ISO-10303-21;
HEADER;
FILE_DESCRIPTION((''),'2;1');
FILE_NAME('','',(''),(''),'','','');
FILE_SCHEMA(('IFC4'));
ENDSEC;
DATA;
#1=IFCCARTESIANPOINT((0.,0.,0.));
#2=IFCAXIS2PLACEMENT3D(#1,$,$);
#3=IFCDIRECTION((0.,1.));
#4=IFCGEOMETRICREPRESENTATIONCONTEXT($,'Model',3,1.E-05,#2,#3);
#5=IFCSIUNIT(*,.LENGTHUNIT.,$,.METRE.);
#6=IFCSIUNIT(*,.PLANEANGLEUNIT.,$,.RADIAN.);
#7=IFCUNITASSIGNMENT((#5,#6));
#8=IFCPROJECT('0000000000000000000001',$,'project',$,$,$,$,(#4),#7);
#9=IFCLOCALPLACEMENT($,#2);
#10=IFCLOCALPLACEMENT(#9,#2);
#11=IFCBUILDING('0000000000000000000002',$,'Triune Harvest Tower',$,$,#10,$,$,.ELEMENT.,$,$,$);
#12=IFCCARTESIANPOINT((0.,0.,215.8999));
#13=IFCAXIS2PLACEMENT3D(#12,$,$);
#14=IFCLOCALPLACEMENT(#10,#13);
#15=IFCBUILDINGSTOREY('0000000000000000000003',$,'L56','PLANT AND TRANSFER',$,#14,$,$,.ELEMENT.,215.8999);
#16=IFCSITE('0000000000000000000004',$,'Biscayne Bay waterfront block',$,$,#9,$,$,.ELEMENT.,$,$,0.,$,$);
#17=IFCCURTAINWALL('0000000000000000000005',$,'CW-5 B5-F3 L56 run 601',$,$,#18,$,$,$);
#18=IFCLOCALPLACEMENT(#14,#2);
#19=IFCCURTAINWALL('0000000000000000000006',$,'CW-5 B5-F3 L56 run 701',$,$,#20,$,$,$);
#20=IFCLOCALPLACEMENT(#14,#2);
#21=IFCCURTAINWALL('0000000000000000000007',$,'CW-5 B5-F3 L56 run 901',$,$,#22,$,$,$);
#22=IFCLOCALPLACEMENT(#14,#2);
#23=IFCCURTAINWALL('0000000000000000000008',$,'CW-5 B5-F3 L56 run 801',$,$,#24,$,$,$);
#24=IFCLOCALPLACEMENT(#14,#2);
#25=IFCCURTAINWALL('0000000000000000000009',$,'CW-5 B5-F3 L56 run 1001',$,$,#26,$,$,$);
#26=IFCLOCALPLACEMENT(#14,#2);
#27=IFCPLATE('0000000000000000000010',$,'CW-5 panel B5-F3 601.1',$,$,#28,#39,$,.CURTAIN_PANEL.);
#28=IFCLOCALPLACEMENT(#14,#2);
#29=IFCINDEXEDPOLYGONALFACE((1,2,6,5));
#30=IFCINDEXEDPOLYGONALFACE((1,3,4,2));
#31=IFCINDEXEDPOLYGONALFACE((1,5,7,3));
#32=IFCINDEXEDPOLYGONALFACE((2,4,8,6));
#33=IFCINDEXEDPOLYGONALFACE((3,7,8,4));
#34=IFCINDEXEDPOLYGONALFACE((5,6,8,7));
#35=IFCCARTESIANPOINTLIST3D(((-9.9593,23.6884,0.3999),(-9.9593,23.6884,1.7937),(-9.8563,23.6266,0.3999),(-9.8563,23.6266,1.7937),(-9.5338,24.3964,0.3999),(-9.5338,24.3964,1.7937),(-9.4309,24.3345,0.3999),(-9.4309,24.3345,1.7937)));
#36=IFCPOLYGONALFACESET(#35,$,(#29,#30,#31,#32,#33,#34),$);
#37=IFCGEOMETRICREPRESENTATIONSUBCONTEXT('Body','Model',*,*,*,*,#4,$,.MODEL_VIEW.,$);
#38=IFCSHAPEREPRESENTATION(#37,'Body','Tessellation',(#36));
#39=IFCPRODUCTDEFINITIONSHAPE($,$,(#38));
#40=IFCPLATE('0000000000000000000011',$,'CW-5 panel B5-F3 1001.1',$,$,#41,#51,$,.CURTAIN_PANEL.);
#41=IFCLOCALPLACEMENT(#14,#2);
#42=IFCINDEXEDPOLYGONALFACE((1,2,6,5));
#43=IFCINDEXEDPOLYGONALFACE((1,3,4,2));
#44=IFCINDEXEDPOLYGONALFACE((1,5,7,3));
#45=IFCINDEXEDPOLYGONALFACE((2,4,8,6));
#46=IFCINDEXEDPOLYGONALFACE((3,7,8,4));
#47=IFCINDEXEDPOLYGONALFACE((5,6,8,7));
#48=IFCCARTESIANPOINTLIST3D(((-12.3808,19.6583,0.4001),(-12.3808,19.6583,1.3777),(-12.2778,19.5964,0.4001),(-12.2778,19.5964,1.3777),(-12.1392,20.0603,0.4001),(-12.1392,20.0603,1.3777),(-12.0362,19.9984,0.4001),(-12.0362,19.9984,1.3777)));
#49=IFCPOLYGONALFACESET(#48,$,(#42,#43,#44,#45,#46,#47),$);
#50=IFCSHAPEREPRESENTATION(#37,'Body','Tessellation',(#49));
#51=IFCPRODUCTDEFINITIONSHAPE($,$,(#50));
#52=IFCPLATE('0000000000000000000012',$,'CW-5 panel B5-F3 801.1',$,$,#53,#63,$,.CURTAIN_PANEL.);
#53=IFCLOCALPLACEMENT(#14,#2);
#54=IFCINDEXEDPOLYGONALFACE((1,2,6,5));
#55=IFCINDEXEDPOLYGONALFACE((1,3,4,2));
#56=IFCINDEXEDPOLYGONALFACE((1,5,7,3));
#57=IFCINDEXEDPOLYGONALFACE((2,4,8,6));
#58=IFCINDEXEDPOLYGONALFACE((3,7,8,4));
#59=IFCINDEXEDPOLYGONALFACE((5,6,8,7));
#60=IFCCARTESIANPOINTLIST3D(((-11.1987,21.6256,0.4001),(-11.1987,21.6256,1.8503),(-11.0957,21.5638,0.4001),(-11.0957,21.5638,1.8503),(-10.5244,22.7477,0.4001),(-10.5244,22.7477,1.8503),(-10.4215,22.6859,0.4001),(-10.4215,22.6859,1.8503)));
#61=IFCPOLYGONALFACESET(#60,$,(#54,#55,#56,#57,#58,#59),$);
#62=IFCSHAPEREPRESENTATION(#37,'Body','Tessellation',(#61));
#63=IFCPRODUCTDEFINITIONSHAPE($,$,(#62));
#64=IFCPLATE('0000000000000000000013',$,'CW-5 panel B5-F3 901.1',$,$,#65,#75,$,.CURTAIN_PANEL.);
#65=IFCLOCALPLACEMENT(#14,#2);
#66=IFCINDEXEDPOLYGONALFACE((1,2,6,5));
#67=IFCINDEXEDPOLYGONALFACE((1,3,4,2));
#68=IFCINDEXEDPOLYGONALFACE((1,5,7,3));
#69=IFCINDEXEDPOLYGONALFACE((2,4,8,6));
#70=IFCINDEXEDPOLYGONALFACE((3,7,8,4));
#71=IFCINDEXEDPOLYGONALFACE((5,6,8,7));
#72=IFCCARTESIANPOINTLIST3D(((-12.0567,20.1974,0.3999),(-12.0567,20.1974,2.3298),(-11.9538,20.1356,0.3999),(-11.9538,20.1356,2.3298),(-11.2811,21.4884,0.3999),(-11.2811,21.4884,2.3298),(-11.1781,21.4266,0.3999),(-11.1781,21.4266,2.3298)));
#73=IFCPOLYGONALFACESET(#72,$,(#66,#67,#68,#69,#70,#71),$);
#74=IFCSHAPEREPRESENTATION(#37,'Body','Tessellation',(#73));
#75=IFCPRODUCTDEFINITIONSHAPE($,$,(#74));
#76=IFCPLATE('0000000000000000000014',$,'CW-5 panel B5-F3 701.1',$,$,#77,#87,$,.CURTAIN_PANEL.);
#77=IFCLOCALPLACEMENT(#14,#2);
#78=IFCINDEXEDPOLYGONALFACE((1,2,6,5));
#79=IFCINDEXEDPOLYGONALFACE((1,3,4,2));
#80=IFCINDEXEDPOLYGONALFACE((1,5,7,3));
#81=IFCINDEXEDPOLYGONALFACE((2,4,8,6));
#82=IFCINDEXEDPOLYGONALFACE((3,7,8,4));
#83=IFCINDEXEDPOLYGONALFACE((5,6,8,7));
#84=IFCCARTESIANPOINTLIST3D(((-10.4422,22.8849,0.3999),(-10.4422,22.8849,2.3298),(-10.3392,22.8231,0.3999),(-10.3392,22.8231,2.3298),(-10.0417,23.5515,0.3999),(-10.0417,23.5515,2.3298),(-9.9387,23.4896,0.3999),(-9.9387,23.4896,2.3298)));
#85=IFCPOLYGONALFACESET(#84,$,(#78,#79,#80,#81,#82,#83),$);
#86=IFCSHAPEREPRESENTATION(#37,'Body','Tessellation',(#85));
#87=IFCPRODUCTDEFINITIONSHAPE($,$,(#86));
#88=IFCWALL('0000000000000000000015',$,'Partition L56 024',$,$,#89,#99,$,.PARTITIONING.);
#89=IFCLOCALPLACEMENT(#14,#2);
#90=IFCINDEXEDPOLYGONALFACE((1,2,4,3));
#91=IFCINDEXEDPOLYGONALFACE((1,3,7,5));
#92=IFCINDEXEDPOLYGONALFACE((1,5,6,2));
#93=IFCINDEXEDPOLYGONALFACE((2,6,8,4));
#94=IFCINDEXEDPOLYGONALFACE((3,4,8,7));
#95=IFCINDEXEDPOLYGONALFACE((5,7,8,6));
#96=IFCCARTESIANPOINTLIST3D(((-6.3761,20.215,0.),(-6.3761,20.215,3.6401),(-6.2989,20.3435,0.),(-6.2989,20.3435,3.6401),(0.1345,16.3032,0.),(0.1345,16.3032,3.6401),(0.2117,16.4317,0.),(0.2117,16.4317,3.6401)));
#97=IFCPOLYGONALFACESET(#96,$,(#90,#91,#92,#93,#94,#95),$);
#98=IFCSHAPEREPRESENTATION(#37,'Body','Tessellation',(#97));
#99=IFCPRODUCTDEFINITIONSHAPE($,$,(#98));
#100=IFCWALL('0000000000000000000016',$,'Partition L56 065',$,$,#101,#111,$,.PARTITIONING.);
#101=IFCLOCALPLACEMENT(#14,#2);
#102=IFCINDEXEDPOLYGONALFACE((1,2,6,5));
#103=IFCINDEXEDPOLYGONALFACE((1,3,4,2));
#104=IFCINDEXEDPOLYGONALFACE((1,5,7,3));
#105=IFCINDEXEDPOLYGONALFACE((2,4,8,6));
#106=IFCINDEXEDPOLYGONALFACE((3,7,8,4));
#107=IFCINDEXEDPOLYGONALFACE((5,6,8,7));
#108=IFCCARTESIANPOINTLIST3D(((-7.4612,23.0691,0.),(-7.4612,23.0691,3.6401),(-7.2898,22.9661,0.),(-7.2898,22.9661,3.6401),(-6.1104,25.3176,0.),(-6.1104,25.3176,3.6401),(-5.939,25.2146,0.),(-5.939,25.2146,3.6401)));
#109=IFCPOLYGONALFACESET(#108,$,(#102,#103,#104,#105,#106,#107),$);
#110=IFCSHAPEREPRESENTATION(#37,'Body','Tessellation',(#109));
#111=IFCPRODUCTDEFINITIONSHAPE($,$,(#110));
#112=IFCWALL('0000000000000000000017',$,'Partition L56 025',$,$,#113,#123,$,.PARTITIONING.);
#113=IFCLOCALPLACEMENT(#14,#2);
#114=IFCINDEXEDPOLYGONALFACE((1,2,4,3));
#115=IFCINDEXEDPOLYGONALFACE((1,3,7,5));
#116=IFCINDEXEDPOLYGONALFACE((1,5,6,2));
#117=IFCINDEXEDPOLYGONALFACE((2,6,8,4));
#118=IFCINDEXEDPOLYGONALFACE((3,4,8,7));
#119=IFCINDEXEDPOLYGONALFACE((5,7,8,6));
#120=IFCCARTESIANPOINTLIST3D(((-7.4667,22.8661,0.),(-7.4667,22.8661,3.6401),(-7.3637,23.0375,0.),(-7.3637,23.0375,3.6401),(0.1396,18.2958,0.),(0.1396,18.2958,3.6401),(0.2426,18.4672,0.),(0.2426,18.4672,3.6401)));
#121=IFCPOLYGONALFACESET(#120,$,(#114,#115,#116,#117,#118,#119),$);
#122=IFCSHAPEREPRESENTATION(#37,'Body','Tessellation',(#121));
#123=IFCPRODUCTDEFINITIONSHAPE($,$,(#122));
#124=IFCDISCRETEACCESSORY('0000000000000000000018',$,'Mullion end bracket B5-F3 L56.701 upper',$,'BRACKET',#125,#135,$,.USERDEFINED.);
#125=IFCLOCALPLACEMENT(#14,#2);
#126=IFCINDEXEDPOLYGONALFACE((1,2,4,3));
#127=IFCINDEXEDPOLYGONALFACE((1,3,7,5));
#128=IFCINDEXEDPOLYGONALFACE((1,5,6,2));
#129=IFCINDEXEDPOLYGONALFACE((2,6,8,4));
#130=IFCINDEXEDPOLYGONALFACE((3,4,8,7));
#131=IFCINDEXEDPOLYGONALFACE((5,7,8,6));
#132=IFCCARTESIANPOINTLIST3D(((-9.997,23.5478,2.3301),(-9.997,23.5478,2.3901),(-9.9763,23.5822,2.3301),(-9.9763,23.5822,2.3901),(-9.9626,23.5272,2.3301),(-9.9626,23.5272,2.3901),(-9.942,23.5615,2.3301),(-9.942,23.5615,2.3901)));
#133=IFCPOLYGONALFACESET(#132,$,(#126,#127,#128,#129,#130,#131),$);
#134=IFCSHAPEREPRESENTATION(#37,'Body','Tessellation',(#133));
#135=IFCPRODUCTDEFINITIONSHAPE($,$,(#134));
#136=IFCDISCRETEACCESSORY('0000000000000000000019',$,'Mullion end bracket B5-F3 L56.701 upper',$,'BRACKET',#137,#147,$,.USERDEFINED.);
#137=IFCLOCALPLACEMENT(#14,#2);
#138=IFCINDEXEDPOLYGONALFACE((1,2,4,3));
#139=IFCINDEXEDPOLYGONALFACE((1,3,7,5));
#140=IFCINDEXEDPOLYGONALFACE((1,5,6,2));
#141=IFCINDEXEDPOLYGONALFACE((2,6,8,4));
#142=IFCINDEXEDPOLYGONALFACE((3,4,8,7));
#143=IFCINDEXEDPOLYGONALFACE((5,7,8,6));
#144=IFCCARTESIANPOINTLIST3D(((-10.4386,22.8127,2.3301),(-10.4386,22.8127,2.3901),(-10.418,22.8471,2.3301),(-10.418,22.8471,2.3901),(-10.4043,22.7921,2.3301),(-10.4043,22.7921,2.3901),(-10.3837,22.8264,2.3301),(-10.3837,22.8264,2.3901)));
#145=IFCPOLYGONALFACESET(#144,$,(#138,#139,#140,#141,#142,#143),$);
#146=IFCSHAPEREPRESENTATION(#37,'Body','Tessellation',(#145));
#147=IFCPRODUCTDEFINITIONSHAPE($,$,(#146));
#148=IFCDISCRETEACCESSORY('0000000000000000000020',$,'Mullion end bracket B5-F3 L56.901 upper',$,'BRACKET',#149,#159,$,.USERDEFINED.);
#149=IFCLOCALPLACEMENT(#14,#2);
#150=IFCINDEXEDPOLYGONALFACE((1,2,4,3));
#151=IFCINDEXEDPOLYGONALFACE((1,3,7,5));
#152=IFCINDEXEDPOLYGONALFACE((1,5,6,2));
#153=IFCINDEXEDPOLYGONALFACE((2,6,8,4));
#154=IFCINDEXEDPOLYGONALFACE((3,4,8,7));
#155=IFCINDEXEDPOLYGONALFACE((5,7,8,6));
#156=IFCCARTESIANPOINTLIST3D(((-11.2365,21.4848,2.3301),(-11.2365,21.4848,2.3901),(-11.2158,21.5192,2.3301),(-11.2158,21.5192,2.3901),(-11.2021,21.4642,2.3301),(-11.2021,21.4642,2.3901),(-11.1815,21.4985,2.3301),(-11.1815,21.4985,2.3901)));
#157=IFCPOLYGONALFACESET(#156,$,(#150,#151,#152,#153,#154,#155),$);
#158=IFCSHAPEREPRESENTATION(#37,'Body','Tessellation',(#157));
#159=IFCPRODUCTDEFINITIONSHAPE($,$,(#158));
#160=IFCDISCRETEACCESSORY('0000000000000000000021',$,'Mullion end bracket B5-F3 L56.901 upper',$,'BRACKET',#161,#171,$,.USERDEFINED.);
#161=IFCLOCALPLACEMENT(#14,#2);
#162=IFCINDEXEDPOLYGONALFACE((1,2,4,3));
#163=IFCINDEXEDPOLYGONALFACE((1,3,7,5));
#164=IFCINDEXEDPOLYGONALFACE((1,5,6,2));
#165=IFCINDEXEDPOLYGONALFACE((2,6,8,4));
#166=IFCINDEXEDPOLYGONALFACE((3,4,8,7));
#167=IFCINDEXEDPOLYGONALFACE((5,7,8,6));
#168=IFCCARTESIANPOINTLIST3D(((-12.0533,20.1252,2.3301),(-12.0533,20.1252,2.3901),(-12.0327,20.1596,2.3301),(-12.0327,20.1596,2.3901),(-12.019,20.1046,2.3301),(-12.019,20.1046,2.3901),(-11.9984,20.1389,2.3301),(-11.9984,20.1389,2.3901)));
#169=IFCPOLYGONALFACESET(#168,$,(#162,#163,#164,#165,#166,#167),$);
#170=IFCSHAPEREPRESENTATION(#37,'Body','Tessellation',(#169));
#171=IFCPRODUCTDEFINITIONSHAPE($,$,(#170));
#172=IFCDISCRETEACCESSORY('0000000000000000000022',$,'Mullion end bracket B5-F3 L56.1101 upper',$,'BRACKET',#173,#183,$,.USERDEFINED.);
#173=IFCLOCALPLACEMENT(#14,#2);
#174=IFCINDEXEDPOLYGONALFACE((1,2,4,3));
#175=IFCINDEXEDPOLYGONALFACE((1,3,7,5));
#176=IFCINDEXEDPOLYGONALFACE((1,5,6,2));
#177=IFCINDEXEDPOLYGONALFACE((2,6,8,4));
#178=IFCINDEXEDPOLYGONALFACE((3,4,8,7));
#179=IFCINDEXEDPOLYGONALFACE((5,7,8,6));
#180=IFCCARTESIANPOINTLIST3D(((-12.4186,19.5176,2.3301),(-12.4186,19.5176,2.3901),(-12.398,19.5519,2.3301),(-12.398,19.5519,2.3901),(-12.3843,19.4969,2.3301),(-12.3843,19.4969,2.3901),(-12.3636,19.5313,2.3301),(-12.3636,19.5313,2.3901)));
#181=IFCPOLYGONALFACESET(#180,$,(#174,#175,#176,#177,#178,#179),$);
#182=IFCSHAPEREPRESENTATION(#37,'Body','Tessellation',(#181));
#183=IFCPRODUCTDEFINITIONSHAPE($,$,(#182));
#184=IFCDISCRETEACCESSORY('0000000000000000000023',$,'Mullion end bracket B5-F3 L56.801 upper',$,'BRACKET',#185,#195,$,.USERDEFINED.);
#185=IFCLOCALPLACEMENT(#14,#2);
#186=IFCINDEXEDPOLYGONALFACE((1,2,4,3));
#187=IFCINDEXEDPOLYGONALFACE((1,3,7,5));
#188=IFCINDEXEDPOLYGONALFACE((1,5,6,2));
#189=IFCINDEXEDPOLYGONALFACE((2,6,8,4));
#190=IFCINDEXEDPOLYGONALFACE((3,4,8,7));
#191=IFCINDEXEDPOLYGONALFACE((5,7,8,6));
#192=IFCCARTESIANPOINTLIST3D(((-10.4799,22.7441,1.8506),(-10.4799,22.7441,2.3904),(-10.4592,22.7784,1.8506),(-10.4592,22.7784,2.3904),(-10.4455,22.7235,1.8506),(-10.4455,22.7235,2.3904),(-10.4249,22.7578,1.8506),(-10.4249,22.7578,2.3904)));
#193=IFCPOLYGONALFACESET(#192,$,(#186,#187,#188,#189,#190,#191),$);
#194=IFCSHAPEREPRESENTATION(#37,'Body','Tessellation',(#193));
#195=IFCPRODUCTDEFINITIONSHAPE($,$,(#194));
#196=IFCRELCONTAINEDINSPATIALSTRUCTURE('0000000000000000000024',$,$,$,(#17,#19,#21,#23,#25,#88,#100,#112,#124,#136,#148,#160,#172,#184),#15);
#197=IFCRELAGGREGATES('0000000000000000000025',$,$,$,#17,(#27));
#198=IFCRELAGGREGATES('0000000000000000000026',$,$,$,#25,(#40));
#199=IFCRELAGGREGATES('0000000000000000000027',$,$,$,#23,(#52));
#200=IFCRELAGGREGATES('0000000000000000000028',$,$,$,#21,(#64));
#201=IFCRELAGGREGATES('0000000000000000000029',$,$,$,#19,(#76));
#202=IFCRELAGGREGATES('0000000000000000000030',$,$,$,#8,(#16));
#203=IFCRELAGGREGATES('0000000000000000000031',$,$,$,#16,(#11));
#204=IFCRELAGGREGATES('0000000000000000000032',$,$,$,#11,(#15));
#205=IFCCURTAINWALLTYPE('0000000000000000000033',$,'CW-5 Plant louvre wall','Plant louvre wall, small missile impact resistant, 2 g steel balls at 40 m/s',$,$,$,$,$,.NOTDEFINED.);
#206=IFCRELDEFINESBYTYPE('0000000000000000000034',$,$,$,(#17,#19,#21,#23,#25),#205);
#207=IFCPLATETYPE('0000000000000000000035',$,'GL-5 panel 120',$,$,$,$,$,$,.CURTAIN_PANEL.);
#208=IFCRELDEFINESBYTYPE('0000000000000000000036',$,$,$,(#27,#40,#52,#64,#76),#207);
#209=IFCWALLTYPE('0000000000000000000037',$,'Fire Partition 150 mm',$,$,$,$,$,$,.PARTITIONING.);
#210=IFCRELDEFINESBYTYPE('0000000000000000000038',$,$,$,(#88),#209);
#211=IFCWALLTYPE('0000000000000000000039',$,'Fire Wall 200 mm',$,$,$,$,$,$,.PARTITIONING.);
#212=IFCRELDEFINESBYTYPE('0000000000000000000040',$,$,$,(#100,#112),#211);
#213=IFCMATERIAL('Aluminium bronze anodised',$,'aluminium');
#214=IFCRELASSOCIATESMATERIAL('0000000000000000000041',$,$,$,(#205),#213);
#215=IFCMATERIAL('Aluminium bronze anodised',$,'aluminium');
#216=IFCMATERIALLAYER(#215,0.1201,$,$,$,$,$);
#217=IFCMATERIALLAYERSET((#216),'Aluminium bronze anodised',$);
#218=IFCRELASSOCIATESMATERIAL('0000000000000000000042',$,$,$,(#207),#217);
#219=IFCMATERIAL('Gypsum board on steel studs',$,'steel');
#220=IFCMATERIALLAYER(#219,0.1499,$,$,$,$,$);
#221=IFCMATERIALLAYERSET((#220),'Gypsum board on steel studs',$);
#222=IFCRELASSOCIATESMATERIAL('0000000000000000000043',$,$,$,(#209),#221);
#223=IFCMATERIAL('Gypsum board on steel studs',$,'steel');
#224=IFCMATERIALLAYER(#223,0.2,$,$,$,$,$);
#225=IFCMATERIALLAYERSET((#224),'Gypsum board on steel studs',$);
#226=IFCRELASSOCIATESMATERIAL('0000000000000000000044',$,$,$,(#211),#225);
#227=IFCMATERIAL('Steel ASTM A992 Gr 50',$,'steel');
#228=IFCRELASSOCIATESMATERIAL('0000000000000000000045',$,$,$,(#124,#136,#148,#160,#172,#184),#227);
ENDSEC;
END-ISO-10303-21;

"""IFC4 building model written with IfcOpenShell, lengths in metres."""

from ifc_helpers import new_model, si_unit, direction, frame, frame_2d, origin, origin_2d, place, context, subcontext, project, spatial, rectangle, extrude, source, transform, mapped, material, layer, layer_set, type_object, element, aggregate, save


model = new_model("IFC4")

# Units and contexts
model_context = context("Model", 3, precision=1e-05, world=origin(), true_north=direction((0.0, 1.0)))
body_context = subcontext(model_context, "Body", "Model", "MODEL_VIEW")
ifc_project = project(units=[si_unit("LENGTHUNIT", "METRE"), si_unit("PLANEANGLEUNIT", "RADIAN")], contexts=[model_context])

# Site, building, storey
site_placement = place(None, origin())
site = spatial("IfcSite", under=ifc_project, at=site_placement, Name="Biscayne Bay waterfront block", CompositionType="ELEMENT", RefElevation=0.0)
building_placement = place(site_placement, origin())
building = spatial("IfcBuilding", under=site, at=building_placement, Name="Triune Harvest Tower", CompositionType="ELEMENT")
storey_placement = place(building_placement, frame((0.0, 0.0, 215.8999)))
storey = spatial("IfcBuildingStorey", under=building, at=storey_placement, Name="L56", Description="PLANT AND TRANSFER", CompositionType="ELEMENT", Elevation=215.8999)

# Curtain walls
ifc_material_1 = material(Name="Aluminium bronze anodised", Category="aluminium")
curtain_wall_type = type_object("IfcCurtainWallType", Name="CW-5 Plant louvre wall", Description="Plant louvre wall, small missile impact resistant, 2 g steel balls at 40 m/s", PredefinedType="NOTDEFINED", material=ifc_material_1)
curtain_wall_1_placement = place(storey_placement, origin())
curtain_wall_1 = element("IfcCurtainWall", 1, at=curtain_wall_1_placement, inside=storey, type_object=curtain_wall_type, Name="CW-5 B5-F3 L56 run 601")
curtain_wall_2_placement = place(storey_placement, origin())
curtain_wall_2 = element("IfcCurtainWall", 2, at=curtain_wall_2_placement, inside=storey, type_object=curtain_wall_type, Name="CW-5 B5-F3 L56 run 701")

# Curtain wall
curtain_wall_3_placement = place(storey_placement, origin())
curtain_wall_3 = element("IfcCurtainWall", 3, at=curtain_wall_3_placement, inside=storey, type_object=curtain_wall_type, Name="CW-5 B5-F3 L56 run 901")

# Curtain wall
curtain_wall_4_placement = place(storey_placement, origin())
curtain_wall_4 = element("IfcCurtainWall", 4, at=curtain_wall_4_placement, inside=storey, type_object=curtain_wall_type, Name="CW-5 B5-F3 L56 run 801")

# Curtain wall
curtain_wall_5_placement = place(storey_placement, origin())
curtain_wall_5 = element("IfcCurtainWall", 5, at=curtain_wall_5_placement, inside=storey, type_object=curtain_wall_type, Name="CW-5 B5-F3 L56 run 1001")

# Plates
ifc_material_2 = material(Name="Aluminium bronze anodised", Category="aluminium")
ifc_layer_1 = layer(ifc_material_2, 0.1201)
ifc_layer_set_1 = layer_set([ifc_layer_1], Name="Aluminium bronze anodised")
plate_type = type_object("IfcPlateType", Name="GL-5 panel 120", PredefinedType="CURTAIN_PANEL", material=ifc_layer_set_1)
plate_1_placement = place(storey_placement, frame((-9.6951, 24.0115, 0.3999), z_axis=(0.0, 0.0, 1.0), x_axis=(-0.515092, -0.857135, 0.0)))
plate_1 = element("IfcPlate", 6, at=plate_1_placement, type_object=plate_type, Name="CW-5 panel B5-F3 601.1", PredefinedType="CURTAIN_PANEL", context=body_context, shape_type="SweptSolid", body=[
    extrude(rectangle(XDim=0.8259, YDim=0.1201, at=origin_2d()), origin(), (0.0, 0.0, 1.0), 1.3938),
])
aggregate(curtain_wall_1, [plate_1])
plate_2_placement = place(storey_placement, frame((-12.2085, 19.8284, 0.4001), z_axis=(0.0, 0.0, 1.0), x_axis=(-0.515127, -0.857114, 0.0)))
plate_2 = element("IfcPlate", 7, at=plate_2_placement, type_object=plate_type, Name="CW-5 panel B5-F3 1001.1", PredefinedType="CURTAIN_PANEL", context=body_context, shape_type="SweptSolid", body=[
    extrude(rectangle(XDim=0.469, YDim=0.1201, at=origin_2d()), origin(), (0.0, 0.0, 1.0), 0.9775),
])
aggregate(curtain_wall_5, [plate_2])
shared_shape_1 = source(origin(), body_context, "Body", "SweptSolid", [
    extrude(rectangle(XDim=1.3091, YDim=0.1201, at=origin_2d()), origin(), (0.0, 0.0, 1.0), 1.4502),
])
plate_3_placement = place(storey_placement, frame((-10.8101, 22.1558, 0.4001), z_axis=(0.0, 0.0, 1.0), x_axis=(-0.515036, -0.857168, 0.0)))
plate_3 = element("IfcPlate", 8, at=plate_3_placement, type_object=plate_type, Name="CW-5 panel B5-F3 801.1", PredefinedType="CURTAIN_PANEL", context=body_context, shape_type="MappedRepresentation", body=[
    mapped(shared_shape_1, transform((0.0, 0.0, 0.0), scale=1.0)),
])
aggregate(curtain_wall_4, [plate_3])
shared_shape_2 = source(origin(), body_context, "Body", "SweptSolid", [
    extrude(rectangle(XDim=1.5061, YDim=0.1201, at=origin_2d()), origin(), (0.0, 0.0, 1.0), 1.9299),
])
plate_4_placement = place(storey_placement, frame((-11.6174, 20.812, 0.3999), z_axis=(0.0, 0.0, 1.0), x_axis=(-0.515016, -0.85718, 0.0)))
plate_4 = element("IfcPlate", 9, at=plate_4_placement, type_object=plate_type, Name="CW-5 panel B5-F3 901.1", PredefinedType="CURTAIN_PANEL", context=body_context, shape_type="MappedRepresentation", body=[
    mapped(shared_shape_2, transform((0.0, 0.0, 0.0), scale=1.0)),
])
aggregate(curtain_wall_3, [plate_4])
shared_shape_3 = source(origin(), body_context, "Body", "SweptSolid", [
    extrude(rectangle(XDim=0.7776, YDim=0.1201, at=origin_2d()), origin(), (0.0, 0.0, 1.0), 1.9299),
])
plate_5_placement = place(storey_placement, frame((-10.1904, 23.1873, 0.3999), z_axis=(0.0, 0.0, 1.0), x_axis=(-0.515029, -0.857173, 0.0)))
plate_5 = element("IfcPlate", 10, at=plate_5_placement, type_object=plate_type, Name="CW-5 panel B5-F3 701.1", PredefinedType="CURTAIN_PANEL", context=body_context, shape_type="MappedRepresentation", body=[
    mapped(shared_shape_3, transform((0.0, 0.0, 0.0), scale=1.0)),
])
aggregate(curtain_wall_2, [plate_5])

# Walls
ifc_material_3 = material(Name="Gypsum board on steel studs", Category="steel")
ifc_layer_2 = layer(ifc_material_3, 0.1499)
ifc_layer_set_2 = layer_set([ifc_layer_2], Name="Gypsum board on steel studs")
wall_type_1 = type_object("IfcWallType", Name="Fire Partition 150 mm", PredefinedType="PARTITIONING", material=ifc_layer_set_2)
wall_1_placement = place(storey_placement, frame((-6.3376, 20.2793, 0.0), z_axis=(0.0, 0.0, 1.0), x_axis=(0.857178, -0.51502, 0.0)))
element("IfcWall", 11, at=wall_1_placement, inside=storey, type_object=wall_type_1, Name="Partition L56 024", PredefinedType="PARTITIONING", context=body_context, shape_type="SweptSolid", body=[
    extrude(rectangle(XDim=7.5955, YDim=0.1499, at=frame_2d((3.7979, 0.0))), origin(), (0.0, 0.0, 1.0), 3.6401),
])
ifc_material_4 = material(Name="Gypsum board on steel studs", Category="steel")
ifc_layer_3 = layer(ifc_material_4, 0.2)
ifc_layer_set_3 = layer_set([ifc_layer_3], Name="Gypsum board on steel studs")
wall_type_2 = type_object("IfcWallType", Name="Fire Wall 200 mm", PredefinedType="PARTITIONING", material=ifc_layer_set_3)
wall_2_placement = place(storey_placement, frame((-7.3755, 23.0176, 0.0), z_axis=(0.0, 0.0, 1.0), x_axis=(0.514975, 0.857205, 0.0)))
element("IfcWall", 12, at=wall_2_placement, inside=storey, type_object=wall_type_2, Name="Partition L56 065", PredefinedType="PARTITIONING", context=body_context, shape_type="SweptSolid", body=[
    extrude(rectangle(XDim=2.623, YDim=0.2, at=frame_2d((1.3115, 0.0))), origin(), (0.0, 0.0, 1.0), 3.6401),
])
shared_shape_4 = source(origin(), body_context, "Body", "SweptSolid", [
    extrude(rectangle(XDim=8.8738, YDim=0.2, at=frame_2d((4.437, 0.0))), origin(), (0.0, 0.0, 1.0), 3.6401),
])
wall_3_placement = place(storey_placement, frame((-7.4153, 22.9519, 0.0), z_axis=(0.0, 0.0, 1.0), x_axis=(0.857165, -0.515042, 0.0)))
element("IfcWall", 13, at=wall_3_placement, inside=storey, type_object=wall_type_2, Name="Partition L56 025", PredefinedType="PARTITIONING", context=body_context, shape_type="MappedRepresentation", body=[
    mapped(shared_shape_4, transform((0.0, 0.0, 0.0), scale=1.0)),
])

# Discrete accessories
ifc_material_5 = material(Name="Steel ASTM A992 Gr 50", Category="steel")
shared_shape_5 = source(origin(), body_context, "Body", "SweptSolid", [
    extrude(rectangle(XDim=0.04, YDim=0.04, at=origin_2d()), origin(), (0.0, 0.0, 1.0), 0.0601),
])
for number, where, z_axis, x_axis, name in (
    (14, (-9.9695, 23.5547, 2.3301), (0.0, 0.0, 1.0), (-0.515029, -0.857173, 0.0), "Mullion end bracket B5-F3 L56.701 upper"),
    (15, (-10.4111, 22.8196, 2.3301), (0.0, 0.0, 1.0), (-0.515029, -0.857173, 0.0), "Mullion end bracket B5-F3 L56.701 upper"),
    (16, (-11.209, 21.4917, 2.3301), (0.0, 0.0, 1.0), (-0.515017, -0.85718, 0.0), "Mullion end bracket B5-F3 L56.901 upper"),
    (17, (-12.0259, 20.1321, 2.3301), (0.0, 0.0, 1.0), (-0.515017, -0.85718, 0.0), "Mullion end bracket B5-F3 L56.901 upper"),
    (18, (-12.3911, 19.5244, 2.3301), (0.0, 0.0, 1.0), (-0.515029, -0.857173, 0.0), "Mullion end bracket B5-F3 L56.1101 upper"),
):
    element("IfcDiscreteAccessory", number, at=place(storey_placement, frame(where, z_axis=z_axis, x_axis=x_axis)), inside=storey, material=ifc_material_5, Name=name, ObjectType="BRACKET", PredefinedType="USERDEFINED", context=body_context, shape_type="MappedRepresentation", body=[
        mapped(shared_shape_5, transform((0.0, 0.0, 0.0), scale=1.0)),
    ])
shared_shape_6 = source(origin(), body_context, "Body", "SweptSolid", [
    extrude(rectangle(XDim=0.04, YDim=0.04, at=origin_2d()), origin(), (0.0, 0.0, 1.0), 0.5398),
])
discrete_accessory_1_placement = place(storey_placement, frame((-10.4524, 22.751, 1.8506), z_axis=(0.0, 0.0, 1.0), x_axis=(-0.515037, -0.857168, 0.0)))
element("IfcDiscreteAccessory", 19, at=discrete_accessory_1_placement, inside=storey, material=ifc_material_5, Name="Mullion end bracket B5-F3 L56.801 upper", ObjectType="BRACKET", PredefinedType="USERDEFINED", context=body_context, shape_type="MappedRepresentation", body=[
    mapped(shared_shape_6, transform((0.0, 0.0, 0.0), scale=1.0)),
])

save(model, "model.ifc")
